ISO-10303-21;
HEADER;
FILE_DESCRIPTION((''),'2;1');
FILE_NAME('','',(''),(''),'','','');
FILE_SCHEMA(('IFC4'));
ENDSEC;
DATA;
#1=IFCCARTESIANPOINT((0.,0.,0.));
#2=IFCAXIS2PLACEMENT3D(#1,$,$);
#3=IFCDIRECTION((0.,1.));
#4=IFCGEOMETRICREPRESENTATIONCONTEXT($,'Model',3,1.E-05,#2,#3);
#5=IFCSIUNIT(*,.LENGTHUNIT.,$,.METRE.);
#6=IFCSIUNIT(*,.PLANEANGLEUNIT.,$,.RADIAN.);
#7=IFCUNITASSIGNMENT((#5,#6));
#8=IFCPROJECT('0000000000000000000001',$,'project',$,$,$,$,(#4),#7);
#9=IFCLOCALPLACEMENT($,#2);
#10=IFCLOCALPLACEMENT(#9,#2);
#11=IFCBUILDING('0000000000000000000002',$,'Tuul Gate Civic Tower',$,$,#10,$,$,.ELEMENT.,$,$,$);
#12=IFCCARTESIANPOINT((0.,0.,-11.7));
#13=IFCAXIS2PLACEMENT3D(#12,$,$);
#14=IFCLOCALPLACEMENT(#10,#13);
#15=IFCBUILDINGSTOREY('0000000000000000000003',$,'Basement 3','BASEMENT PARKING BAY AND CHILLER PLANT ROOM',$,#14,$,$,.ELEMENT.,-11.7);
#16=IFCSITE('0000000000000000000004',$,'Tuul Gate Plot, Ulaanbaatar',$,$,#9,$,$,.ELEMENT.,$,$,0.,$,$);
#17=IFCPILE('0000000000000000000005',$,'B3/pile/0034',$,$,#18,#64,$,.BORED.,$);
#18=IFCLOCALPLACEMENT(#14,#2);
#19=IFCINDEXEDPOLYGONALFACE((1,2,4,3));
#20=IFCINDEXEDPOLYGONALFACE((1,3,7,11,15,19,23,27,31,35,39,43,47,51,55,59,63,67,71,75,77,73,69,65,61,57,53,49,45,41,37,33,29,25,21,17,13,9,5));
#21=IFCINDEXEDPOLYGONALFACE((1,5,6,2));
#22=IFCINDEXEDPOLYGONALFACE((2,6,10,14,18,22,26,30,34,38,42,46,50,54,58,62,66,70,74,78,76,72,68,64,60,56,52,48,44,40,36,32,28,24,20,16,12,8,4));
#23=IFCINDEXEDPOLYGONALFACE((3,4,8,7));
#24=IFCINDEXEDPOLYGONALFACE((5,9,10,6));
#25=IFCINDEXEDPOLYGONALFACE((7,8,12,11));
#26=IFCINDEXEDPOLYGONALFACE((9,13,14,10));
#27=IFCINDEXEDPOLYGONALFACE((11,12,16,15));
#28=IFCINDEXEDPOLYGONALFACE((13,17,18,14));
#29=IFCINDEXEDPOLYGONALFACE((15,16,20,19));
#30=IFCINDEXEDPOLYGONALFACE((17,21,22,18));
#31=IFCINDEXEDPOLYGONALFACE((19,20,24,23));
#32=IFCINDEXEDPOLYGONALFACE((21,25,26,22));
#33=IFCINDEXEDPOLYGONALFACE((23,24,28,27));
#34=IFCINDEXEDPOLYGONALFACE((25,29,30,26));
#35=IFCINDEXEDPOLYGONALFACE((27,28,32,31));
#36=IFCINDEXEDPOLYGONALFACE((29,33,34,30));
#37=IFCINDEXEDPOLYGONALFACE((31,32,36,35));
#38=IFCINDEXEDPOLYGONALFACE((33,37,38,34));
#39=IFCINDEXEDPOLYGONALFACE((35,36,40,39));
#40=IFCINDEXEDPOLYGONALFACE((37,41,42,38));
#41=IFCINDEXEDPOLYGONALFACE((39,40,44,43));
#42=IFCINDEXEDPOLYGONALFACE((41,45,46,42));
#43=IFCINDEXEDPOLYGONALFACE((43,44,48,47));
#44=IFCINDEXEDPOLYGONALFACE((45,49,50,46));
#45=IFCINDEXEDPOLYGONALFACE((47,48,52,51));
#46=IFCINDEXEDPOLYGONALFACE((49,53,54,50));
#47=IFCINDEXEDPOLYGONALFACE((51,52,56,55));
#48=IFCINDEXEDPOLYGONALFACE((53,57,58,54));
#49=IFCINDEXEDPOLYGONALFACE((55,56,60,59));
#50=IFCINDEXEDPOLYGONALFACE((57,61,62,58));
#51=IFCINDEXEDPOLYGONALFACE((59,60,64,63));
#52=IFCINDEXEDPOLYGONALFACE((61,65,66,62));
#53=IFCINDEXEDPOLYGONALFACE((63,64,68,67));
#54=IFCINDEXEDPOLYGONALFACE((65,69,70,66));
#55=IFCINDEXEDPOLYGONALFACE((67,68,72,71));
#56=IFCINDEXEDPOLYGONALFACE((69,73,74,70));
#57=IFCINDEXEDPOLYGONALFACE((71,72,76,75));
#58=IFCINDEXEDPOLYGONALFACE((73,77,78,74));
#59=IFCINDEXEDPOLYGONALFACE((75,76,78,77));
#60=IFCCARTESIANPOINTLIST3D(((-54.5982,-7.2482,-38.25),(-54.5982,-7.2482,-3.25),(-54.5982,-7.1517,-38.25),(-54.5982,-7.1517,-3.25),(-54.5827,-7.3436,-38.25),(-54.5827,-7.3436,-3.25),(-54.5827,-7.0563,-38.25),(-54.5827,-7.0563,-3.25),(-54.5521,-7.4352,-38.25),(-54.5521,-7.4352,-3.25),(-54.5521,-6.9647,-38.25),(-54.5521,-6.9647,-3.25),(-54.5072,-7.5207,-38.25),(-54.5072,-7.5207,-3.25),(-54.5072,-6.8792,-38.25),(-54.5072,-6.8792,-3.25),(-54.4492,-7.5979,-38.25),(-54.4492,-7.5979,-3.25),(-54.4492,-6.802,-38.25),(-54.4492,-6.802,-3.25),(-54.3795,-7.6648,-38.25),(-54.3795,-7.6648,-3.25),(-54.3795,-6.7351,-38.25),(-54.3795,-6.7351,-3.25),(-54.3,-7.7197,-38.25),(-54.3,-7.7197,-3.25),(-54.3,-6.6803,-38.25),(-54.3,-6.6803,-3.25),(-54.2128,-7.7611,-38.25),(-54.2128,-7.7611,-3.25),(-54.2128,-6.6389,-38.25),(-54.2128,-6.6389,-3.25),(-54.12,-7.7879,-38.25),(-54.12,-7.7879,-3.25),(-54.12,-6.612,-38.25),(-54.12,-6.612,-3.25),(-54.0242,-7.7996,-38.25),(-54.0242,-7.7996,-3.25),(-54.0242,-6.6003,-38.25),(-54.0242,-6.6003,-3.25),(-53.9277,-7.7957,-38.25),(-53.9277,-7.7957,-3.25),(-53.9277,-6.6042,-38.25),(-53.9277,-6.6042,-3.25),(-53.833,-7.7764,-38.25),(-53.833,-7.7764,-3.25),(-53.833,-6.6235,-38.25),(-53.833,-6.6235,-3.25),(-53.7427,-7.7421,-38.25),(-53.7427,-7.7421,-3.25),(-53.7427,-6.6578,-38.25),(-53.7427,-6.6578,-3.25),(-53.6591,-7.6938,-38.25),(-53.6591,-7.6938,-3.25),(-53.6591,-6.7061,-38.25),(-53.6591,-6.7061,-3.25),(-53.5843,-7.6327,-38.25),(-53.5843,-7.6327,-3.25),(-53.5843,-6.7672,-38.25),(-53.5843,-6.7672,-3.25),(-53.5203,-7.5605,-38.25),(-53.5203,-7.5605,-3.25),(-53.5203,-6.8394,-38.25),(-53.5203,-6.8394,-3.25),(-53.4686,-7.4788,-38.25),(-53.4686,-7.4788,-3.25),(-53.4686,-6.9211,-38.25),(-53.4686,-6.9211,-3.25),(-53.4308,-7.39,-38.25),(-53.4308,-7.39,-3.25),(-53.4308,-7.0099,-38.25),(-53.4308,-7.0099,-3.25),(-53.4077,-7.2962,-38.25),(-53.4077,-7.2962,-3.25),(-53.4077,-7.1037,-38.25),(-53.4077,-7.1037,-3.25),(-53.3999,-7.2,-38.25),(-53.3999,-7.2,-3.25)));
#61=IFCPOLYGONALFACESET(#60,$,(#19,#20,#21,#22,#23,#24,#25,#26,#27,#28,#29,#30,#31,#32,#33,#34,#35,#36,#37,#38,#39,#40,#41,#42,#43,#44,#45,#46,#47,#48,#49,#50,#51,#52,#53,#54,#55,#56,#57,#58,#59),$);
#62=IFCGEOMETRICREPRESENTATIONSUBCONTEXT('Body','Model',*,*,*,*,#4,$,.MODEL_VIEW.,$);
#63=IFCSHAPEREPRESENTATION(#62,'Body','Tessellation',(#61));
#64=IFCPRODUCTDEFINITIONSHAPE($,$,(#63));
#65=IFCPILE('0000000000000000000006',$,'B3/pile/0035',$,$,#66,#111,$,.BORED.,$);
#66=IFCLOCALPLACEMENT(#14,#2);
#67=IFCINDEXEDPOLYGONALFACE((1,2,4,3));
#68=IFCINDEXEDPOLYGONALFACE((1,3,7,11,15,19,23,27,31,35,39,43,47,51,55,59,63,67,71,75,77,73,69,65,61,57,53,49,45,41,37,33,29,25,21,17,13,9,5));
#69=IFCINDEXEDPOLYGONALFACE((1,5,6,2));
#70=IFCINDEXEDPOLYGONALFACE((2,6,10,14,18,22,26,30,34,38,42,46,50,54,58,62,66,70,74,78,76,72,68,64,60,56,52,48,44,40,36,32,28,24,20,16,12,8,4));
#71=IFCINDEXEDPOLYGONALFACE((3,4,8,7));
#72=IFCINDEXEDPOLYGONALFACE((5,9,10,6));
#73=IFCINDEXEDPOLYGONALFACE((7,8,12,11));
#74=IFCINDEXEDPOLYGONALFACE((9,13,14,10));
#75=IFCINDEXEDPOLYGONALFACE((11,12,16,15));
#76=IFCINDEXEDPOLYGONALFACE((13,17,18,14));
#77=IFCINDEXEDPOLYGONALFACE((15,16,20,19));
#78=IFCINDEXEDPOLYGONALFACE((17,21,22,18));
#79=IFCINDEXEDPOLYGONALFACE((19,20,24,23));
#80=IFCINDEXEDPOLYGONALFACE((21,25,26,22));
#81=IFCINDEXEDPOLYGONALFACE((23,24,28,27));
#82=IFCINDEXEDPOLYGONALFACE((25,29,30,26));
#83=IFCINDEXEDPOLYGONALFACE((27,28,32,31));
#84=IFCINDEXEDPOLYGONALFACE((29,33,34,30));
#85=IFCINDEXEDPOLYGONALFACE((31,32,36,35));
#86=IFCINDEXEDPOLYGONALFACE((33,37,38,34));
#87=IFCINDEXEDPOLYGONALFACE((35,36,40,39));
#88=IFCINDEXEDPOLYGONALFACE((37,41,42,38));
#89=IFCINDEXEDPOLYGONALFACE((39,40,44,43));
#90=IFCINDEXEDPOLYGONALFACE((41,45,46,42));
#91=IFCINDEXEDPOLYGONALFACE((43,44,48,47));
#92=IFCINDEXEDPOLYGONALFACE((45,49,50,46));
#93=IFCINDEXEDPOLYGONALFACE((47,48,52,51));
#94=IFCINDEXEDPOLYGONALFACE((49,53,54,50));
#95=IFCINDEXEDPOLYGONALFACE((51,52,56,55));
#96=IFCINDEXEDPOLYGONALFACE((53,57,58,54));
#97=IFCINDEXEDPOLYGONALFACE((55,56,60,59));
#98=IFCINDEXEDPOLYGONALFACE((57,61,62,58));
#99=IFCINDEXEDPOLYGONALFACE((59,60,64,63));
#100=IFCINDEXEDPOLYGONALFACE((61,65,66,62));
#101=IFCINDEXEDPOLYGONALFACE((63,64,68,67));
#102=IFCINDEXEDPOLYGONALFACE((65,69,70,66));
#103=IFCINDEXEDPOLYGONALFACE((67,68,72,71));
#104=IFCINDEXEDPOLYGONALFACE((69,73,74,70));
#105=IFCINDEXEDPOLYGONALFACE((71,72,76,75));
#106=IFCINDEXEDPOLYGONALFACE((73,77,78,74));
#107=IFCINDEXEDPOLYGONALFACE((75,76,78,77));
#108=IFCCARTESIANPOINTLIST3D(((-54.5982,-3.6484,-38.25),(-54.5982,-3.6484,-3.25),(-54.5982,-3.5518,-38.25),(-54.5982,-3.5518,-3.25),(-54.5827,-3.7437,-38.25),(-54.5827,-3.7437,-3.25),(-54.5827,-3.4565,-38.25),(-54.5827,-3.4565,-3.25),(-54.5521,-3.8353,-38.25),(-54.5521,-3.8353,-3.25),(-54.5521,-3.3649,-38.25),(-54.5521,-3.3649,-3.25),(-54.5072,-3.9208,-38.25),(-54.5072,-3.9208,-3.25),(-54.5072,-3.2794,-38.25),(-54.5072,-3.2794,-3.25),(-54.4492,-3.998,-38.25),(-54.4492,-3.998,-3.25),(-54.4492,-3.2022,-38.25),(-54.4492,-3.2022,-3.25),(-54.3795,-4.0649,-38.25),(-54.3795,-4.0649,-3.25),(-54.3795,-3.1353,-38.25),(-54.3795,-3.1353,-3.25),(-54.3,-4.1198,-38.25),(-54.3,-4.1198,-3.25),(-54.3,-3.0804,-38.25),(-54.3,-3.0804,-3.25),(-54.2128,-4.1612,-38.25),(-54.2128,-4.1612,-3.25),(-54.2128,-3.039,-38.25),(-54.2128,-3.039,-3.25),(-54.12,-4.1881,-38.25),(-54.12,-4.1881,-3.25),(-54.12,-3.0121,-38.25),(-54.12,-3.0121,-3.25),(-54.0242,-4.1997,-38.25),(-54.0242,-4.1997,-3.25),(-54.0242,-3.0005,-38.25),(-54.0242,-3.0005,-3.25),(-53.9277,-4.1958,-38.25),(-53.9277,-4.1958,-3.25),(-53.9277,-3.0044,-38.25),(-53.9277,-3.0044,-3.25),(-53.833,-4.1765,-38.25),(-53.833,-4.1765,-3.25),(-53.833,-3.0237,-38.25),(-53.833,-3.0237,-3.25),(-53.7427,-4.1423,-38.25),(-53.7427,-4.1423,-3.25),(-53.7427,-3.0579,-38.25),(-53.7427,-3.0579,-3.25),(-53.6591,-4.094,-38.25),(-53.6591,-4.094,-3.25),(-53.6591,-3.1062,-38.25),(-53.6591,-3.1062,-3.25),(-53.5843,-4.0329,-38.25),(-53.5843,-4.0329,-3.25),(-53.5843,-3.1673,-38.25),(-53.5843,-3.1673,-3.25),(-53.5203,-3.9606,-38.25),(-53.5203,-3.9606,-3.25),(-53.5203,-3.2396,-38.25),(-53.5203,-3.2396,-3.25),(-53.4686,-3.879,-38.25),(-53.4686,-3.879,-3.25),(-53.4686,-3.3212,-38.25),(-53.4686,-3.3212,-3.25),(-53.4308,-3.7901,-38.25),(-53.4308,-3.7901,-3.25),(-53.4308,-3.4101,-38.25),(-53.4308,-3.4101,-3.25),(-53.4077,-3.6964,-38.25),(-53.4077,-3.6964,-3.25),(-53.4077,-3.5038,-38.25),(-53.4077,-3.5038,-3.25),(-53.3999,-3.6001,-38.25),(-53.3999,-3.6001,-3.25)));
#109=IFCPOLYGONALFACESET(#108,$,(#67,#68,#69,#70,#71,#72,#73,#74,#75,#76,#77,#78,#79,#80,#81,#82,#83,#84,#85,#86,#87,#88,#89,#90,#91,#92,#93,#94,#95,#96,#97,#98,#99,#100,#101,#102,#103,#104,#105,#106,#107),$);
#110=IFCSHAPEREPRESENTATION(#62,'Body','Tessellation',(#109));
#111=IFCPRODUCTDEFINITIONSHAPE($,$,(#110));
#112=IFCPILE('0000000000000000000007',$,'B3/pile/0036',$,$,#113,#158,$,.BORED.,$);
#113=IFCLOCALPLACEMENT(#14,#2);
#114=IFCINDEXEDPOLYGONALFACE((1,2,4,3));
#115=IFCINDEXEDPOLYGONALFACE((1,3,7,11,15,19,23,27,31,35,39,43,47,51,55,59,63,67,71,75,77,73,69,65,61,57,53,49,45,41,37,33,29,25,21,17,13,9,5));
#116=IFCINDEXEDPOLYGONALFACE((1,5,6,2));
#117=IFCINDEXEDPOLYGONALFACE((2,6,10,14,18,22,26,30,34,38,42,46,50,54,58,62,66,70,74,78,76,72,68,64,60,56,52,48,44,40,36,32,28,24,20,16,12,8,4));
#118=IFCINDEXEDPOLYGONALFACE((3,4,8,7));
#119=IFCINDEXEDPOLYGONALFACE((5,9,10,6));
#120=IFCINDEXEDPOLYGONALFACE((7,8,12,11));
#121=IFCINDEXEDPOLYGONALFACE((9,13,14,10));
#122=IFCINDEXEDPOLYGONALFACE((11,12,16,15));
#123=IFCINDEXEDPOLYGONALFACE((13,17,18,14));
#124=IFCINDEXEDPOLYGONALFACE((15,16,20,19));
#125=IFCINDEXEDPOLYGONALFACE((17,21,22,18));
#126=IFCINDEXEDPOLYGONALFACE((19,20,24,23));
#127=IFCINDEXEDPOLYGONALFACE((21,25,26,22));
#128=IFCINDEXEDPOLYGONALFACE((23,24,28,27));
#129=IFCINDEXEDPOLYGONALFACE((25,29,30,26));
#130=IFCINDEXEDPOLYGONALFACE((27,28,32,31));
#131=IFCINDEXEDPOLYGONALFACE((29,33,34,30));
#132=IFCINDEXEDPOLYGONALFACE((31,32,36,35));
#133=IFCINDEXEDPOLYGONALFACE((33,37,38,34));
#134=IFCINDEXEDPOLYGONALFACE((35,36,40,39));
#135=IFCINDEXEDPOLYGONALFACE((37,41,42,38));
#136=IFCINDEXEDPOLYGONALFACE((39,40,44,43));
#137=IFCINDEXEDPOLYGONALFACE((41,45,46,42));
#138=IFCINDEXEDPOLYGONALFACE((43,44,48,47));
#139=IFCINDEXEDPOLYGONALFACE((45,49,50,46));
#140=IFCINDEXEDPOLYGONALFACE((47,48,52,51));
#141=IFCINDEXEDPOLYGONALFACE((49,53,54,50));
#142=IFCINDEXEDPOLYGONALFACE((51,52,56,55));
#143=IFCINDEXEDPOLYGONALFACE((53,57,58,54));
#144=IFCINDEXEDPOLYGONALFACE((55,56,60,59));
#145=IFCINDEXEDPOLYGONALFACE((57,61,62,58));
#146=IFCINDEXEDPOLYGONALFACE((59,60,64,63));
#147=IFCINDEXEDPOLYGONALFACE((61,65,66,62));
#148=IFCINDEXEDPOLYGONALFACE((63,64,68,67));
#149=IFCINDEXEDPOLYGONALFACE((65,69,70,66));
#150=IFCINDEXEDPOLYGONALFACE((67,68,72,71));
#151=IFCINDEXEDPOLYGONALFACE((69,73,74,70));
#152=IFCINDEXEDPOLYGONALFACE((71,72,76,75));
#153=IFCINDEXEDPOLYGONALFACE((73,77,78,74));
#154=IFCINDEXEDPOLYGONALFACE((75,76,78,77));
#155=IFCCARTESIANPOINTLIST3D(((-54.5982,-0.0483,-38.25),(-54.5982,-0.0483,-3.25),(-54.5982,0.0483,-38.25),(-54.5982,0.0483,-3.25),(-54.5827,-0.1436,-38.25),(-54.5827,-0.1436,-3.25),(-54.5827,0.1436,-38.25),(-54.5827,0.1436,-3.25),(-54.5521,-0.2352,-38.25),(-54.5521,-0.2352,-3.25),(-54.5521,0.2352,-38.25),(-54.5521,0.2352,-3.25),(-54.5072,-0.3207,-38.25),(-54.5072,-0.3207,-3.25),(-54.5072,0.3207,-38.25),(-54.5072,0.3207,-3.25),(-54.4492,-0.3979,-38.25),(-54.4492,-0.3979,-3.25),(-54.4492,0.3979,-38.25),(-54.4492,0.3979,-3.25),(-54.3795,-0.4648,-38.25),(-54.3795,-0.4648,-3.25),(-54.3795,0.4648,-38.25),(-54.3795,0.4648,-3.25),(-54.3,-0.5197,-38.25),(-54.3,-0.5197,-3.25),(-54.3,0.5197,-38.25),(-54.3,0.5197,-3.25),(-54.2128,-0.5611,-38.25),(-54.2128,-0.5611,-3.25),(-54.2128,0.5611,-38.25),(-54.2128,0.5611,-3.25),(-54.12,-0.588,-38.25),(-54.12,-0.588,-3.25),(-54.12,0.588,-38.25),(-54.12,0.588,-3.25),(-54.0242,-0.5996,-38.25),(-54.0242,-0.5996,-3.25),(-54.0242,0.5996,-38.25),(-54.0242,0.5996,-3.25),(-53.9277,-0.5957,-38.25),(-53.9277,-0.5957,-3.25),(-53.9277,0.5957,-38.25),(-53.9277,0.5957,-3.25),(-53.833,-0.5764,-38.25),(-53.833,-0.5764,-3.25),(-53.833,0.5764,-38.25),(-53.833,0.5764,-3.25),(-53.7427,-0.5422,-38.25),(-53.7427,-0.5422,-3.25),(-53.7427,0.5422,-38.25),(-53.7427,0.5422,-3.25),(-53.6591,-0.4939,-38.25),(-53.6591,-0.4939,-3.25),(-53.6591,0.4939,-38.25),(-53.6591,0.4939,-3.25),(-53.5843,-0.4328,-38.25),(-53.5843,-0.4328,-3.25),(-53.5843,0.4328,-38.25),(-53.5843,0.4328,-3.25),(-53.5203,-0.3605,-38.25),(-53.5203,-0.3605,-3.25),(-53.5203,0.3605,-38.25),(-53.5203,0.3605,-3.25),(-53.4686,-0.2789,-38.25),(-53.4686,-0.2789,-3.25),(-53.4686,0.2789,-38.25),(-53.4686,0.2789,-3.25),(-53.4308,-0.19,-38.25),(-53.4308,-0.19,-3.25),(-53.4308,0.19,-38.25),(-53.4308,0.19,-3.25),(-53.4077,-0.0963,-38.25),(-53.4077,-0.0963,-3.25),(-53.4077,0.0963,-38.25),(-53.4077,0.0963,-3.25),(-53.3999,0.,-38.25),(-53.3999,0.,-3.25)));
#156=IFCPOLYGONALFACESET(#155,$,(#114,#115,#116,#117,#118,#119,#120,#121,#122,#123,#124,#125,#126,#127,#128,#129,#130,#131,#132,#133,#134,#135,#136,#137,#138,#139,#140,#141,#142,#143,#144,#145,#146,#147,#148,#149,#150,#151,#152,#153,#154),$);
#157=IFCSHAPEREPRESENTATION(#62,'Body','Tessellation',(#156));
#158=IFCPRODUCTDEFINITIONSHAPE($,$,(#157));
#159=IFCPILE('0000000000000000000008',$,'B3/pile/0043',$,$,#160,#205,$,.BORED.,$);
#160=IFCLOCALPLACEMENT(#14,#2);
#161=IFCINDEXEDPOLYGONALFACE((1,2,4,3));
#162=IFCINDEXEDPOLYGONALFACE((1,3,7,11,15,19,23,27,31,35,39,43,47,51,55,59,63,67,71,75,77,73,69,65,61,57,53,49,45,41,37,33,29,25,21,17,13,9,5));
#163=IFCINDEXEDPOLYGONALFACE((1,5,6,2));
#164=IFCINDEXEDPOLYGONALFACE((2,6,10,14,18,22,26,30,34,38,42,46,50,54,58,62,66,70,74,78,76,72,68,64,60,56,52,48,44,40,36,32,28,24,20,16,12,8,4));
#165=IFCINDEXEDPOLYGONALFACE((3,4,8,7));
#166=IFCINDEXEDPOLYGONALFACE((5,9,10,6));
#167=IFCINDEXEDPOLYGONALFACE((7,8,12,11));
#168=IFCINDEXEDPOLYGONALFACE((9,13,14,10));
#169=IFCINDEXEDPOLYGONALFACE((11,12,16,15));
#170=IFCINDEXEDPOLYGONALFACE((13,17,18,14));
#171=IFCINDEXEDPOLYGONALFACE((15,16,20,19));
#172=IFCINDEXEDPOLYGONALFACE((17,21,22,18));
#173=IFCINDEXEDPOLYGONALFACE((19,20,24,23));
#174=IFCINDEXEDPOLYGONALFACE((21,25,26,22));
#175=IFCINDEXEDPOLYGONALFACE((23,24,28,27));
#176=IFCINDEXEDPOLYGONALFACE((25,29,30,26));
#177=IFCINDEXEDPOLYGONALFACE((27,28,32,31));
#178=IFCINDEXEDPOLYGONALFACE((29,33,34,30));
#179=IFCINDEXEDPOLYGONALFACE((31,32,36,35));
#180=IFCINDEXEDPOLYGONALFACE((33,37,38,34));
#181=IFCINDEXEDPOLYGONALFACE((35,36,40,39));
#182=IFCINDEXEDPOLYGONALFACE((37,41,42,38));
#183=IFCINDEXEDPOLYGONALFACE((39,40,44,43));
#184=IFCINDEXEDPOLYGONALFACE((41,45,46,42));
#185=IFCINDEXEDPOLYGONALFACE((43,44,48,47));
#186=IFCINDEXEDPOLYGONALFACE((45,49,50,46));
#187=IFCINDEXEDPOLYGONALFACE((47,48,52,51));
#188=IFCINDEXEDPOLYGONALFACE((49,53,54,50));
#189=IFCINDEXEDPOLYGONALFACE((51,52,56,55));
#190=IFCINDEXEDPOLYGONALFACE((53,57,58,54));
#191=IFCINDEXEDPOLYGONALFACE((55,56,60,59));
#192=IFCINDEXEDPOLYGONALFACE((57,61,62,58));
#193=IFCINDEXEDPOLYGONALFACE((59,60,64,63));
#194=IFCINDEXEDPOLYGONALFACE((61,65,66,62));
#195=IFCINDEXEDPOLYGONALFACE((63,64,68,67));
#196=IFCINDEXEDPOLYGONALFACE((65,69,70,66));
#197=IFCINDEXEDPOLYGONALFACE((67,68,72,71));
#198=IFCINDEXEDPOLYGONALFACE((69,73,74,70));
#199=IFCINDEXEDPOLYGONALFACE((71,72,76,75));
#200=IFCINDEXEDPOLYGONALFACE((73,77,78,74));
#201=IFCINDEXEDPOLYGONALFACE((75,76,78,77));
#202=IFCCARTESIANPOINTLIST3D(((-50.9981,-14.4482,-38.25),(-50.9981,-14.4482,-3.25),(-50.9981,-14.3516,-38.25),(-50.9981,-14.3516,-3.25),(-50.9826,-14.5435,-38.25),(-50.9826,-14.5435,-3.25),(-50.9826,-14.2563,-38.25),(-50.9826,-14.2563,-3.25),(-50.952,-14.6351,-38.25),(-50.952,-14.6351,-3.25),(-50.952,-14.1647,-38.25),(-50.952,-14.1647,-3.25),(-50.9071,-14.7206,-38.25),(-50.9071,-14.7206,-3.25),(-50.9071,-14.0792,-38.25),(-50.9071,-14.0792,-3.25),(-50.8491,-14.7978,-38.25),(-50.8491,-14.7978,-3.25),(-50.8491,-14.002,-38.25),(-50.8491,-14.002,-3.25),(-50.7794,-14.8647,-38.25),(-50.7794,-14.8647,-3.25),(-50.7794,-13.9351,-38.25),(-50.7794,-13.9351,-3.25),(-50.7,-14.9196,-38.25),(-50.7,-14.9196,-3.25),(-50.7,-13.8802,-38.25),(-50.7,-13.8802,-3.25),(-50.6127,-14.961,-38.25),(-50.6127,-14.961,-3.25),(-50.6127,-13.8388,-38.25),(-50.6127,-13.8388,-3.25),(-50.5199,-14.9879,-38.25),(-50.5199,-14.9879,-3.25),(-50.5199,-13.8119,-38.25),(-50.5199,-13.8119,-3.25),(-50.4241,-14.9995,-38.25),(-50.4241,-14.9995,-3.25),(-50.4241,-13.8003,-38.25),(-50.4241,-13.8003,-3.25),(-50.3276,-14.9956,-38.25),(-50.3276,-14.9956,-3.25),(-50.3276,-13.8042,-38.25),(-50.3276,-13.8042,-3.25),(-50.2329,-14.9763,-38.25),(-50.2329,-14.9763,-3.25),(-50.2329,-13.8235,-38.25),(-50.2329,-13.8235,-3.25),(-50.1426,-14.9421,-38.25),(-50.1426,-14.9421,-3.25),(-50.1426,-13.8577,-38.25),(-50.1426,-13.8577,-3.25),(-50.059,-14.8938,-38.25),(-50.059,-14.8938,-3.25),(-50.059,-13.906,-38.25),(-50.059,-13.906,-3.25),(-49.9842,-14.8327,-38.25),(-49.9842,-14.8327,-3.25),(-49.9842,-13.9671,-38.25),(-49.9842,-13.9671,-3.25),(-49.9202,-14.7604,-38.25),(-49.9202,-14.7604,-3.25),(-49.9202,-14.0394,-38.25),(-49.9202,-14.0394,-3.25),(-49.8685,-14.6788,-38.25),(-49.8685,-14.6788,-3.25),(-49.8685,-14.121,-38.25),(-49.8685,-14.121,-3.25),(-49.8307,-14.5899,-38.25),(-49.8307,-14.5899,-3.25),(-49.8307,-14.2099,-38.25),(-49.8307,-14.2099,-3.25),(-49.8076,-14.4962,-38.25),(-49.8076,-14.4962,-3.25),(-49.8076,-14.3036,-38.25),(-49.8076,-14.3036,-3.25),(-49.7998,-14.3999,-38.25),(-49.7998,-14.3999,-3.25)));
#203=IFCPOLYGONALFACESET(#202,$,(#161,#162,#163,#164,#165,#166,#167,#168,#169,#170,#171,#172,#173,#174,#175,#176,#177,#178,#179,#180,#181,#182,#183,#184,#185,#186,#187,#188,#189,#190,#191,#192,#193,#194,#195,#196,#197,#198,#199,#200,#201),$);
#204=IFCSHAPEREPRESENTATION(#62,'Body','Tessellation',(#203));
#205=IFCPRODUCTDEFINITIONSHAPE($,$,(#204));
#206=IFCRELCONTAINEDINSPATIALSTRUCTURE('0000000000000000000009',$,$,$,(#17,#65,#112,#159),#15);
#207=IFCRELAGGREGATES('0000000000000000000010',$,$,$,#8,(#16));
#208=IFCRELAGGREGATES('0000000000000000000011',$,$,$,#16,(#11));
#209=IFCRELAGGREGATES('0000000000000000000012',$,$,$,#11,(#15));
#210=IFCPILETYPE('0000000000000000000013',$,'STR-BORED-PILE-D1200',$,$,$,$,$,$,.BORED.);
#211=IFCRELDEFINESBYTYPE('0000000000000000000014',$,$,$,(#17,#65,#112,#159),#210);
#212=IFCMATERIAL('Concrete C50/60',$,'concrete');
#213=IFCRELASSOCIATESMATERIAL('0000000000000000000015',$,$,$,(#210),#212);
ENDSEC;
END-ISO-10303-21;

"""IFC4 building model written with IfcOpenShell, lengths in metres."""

from ifc_helpers import new_model, si_unit, direction, frame, origin, origin_2d, place, context, subcontext, project, spatial, circle, extrude, material, material_profile, profile_set, type_object, element, save


model = new_model("IFC4")

# Units and contexts
model_context = context("Model", 3, precision=1e-05, world=origin(), true_north=direction((0.0, 1.0)))
body_context = subcontext(model_context, "Body", "Model", "MODEL_VIEW")
ifc_project = project(units=[si_unit("LENGTHUNIT", "METRE"), si_unit("PLANEANGLEUNIT", "RADIAN")], contexts=[model_context])

# Site, building, storey
site_placement = place(None, origin())
site = spatial("IfcSite", under=ifc_project, at=site_placement, Name="Tuul Gate Plot, Ulaanbaatar", CompositionType="ELEMENT", RefElevation=0.0)
building_placement = place(site_placement, origin())
building = spatial("IfcBuilding", under=site, at=building_placement, Name="Tuul Gate Civic Tower", CompositionType="ELEMENT")
storey_placement = place(building_placement, frame((0.0, 0.0, -11.7)))
storey = spatial("IfcBuildingStorey", under=building, at=storey_placement, Name="Basement 3", Description="BASEMENT PARKING BAY AND CHILLER PLANT ROOM", CompositionType="ELEMENT", Elevation=-11.7)

# Piles
ifc_material_1 = material(Name="Concrete C50/60", Category="concrete")
ifc_material_profile_1 = material_profile(ifc_material_1, circle(Radius=0.6001, at=origin_2d()), Name="PILE1200")
ifc_profile_set_1 = profile_set([ifc_material_profile_1], Name="Concrete C50/60")
pile_type = type_object("IfcPileType", Name="STR-BORED-PILE-D1200", PredefinedType="BORED", material=ifc_profile_set_1)
for number, where, z_axis, x_axis, name in (
    (1, (-54.0, -7.2, -3.25), (0.0, 0.0, -1.0), (1.0, 0.0, 0.0), "B3/pile/0034"),
    (2, (-54.0, -3.6001, -3.25), (0.0, 0.0, -1.0), (1.0, 0.0, 0.0), "B3/pile/0035"),
    (3, (-54.0, 0.0, -3.25), (0.0, 0.0, -1.0), (1.0, 0.0, 0.0), "B3/pile/0036"),
    (4, (-50.3999, -14.3999, -3.25), (0.0, 0.0, -1.0), (1.0, 0.0, 0.0), "B3/pile/0043"),
):
    element("IfcPile", number, at=place(storey_placement, frame(where, z_axis=z_axis, x_axis=x_axis)), inside=storey, type_object=pile_type, Name=name, PredefinedType="BORED", context=body_context, shape_type="SweptSolid", body=[
        extrude(circle(Radius=0.6001, at=origin_2d()), origin(), (0.0, 0.0, 1.0), 35.0),
    ])

save(model, "model.ifc")
